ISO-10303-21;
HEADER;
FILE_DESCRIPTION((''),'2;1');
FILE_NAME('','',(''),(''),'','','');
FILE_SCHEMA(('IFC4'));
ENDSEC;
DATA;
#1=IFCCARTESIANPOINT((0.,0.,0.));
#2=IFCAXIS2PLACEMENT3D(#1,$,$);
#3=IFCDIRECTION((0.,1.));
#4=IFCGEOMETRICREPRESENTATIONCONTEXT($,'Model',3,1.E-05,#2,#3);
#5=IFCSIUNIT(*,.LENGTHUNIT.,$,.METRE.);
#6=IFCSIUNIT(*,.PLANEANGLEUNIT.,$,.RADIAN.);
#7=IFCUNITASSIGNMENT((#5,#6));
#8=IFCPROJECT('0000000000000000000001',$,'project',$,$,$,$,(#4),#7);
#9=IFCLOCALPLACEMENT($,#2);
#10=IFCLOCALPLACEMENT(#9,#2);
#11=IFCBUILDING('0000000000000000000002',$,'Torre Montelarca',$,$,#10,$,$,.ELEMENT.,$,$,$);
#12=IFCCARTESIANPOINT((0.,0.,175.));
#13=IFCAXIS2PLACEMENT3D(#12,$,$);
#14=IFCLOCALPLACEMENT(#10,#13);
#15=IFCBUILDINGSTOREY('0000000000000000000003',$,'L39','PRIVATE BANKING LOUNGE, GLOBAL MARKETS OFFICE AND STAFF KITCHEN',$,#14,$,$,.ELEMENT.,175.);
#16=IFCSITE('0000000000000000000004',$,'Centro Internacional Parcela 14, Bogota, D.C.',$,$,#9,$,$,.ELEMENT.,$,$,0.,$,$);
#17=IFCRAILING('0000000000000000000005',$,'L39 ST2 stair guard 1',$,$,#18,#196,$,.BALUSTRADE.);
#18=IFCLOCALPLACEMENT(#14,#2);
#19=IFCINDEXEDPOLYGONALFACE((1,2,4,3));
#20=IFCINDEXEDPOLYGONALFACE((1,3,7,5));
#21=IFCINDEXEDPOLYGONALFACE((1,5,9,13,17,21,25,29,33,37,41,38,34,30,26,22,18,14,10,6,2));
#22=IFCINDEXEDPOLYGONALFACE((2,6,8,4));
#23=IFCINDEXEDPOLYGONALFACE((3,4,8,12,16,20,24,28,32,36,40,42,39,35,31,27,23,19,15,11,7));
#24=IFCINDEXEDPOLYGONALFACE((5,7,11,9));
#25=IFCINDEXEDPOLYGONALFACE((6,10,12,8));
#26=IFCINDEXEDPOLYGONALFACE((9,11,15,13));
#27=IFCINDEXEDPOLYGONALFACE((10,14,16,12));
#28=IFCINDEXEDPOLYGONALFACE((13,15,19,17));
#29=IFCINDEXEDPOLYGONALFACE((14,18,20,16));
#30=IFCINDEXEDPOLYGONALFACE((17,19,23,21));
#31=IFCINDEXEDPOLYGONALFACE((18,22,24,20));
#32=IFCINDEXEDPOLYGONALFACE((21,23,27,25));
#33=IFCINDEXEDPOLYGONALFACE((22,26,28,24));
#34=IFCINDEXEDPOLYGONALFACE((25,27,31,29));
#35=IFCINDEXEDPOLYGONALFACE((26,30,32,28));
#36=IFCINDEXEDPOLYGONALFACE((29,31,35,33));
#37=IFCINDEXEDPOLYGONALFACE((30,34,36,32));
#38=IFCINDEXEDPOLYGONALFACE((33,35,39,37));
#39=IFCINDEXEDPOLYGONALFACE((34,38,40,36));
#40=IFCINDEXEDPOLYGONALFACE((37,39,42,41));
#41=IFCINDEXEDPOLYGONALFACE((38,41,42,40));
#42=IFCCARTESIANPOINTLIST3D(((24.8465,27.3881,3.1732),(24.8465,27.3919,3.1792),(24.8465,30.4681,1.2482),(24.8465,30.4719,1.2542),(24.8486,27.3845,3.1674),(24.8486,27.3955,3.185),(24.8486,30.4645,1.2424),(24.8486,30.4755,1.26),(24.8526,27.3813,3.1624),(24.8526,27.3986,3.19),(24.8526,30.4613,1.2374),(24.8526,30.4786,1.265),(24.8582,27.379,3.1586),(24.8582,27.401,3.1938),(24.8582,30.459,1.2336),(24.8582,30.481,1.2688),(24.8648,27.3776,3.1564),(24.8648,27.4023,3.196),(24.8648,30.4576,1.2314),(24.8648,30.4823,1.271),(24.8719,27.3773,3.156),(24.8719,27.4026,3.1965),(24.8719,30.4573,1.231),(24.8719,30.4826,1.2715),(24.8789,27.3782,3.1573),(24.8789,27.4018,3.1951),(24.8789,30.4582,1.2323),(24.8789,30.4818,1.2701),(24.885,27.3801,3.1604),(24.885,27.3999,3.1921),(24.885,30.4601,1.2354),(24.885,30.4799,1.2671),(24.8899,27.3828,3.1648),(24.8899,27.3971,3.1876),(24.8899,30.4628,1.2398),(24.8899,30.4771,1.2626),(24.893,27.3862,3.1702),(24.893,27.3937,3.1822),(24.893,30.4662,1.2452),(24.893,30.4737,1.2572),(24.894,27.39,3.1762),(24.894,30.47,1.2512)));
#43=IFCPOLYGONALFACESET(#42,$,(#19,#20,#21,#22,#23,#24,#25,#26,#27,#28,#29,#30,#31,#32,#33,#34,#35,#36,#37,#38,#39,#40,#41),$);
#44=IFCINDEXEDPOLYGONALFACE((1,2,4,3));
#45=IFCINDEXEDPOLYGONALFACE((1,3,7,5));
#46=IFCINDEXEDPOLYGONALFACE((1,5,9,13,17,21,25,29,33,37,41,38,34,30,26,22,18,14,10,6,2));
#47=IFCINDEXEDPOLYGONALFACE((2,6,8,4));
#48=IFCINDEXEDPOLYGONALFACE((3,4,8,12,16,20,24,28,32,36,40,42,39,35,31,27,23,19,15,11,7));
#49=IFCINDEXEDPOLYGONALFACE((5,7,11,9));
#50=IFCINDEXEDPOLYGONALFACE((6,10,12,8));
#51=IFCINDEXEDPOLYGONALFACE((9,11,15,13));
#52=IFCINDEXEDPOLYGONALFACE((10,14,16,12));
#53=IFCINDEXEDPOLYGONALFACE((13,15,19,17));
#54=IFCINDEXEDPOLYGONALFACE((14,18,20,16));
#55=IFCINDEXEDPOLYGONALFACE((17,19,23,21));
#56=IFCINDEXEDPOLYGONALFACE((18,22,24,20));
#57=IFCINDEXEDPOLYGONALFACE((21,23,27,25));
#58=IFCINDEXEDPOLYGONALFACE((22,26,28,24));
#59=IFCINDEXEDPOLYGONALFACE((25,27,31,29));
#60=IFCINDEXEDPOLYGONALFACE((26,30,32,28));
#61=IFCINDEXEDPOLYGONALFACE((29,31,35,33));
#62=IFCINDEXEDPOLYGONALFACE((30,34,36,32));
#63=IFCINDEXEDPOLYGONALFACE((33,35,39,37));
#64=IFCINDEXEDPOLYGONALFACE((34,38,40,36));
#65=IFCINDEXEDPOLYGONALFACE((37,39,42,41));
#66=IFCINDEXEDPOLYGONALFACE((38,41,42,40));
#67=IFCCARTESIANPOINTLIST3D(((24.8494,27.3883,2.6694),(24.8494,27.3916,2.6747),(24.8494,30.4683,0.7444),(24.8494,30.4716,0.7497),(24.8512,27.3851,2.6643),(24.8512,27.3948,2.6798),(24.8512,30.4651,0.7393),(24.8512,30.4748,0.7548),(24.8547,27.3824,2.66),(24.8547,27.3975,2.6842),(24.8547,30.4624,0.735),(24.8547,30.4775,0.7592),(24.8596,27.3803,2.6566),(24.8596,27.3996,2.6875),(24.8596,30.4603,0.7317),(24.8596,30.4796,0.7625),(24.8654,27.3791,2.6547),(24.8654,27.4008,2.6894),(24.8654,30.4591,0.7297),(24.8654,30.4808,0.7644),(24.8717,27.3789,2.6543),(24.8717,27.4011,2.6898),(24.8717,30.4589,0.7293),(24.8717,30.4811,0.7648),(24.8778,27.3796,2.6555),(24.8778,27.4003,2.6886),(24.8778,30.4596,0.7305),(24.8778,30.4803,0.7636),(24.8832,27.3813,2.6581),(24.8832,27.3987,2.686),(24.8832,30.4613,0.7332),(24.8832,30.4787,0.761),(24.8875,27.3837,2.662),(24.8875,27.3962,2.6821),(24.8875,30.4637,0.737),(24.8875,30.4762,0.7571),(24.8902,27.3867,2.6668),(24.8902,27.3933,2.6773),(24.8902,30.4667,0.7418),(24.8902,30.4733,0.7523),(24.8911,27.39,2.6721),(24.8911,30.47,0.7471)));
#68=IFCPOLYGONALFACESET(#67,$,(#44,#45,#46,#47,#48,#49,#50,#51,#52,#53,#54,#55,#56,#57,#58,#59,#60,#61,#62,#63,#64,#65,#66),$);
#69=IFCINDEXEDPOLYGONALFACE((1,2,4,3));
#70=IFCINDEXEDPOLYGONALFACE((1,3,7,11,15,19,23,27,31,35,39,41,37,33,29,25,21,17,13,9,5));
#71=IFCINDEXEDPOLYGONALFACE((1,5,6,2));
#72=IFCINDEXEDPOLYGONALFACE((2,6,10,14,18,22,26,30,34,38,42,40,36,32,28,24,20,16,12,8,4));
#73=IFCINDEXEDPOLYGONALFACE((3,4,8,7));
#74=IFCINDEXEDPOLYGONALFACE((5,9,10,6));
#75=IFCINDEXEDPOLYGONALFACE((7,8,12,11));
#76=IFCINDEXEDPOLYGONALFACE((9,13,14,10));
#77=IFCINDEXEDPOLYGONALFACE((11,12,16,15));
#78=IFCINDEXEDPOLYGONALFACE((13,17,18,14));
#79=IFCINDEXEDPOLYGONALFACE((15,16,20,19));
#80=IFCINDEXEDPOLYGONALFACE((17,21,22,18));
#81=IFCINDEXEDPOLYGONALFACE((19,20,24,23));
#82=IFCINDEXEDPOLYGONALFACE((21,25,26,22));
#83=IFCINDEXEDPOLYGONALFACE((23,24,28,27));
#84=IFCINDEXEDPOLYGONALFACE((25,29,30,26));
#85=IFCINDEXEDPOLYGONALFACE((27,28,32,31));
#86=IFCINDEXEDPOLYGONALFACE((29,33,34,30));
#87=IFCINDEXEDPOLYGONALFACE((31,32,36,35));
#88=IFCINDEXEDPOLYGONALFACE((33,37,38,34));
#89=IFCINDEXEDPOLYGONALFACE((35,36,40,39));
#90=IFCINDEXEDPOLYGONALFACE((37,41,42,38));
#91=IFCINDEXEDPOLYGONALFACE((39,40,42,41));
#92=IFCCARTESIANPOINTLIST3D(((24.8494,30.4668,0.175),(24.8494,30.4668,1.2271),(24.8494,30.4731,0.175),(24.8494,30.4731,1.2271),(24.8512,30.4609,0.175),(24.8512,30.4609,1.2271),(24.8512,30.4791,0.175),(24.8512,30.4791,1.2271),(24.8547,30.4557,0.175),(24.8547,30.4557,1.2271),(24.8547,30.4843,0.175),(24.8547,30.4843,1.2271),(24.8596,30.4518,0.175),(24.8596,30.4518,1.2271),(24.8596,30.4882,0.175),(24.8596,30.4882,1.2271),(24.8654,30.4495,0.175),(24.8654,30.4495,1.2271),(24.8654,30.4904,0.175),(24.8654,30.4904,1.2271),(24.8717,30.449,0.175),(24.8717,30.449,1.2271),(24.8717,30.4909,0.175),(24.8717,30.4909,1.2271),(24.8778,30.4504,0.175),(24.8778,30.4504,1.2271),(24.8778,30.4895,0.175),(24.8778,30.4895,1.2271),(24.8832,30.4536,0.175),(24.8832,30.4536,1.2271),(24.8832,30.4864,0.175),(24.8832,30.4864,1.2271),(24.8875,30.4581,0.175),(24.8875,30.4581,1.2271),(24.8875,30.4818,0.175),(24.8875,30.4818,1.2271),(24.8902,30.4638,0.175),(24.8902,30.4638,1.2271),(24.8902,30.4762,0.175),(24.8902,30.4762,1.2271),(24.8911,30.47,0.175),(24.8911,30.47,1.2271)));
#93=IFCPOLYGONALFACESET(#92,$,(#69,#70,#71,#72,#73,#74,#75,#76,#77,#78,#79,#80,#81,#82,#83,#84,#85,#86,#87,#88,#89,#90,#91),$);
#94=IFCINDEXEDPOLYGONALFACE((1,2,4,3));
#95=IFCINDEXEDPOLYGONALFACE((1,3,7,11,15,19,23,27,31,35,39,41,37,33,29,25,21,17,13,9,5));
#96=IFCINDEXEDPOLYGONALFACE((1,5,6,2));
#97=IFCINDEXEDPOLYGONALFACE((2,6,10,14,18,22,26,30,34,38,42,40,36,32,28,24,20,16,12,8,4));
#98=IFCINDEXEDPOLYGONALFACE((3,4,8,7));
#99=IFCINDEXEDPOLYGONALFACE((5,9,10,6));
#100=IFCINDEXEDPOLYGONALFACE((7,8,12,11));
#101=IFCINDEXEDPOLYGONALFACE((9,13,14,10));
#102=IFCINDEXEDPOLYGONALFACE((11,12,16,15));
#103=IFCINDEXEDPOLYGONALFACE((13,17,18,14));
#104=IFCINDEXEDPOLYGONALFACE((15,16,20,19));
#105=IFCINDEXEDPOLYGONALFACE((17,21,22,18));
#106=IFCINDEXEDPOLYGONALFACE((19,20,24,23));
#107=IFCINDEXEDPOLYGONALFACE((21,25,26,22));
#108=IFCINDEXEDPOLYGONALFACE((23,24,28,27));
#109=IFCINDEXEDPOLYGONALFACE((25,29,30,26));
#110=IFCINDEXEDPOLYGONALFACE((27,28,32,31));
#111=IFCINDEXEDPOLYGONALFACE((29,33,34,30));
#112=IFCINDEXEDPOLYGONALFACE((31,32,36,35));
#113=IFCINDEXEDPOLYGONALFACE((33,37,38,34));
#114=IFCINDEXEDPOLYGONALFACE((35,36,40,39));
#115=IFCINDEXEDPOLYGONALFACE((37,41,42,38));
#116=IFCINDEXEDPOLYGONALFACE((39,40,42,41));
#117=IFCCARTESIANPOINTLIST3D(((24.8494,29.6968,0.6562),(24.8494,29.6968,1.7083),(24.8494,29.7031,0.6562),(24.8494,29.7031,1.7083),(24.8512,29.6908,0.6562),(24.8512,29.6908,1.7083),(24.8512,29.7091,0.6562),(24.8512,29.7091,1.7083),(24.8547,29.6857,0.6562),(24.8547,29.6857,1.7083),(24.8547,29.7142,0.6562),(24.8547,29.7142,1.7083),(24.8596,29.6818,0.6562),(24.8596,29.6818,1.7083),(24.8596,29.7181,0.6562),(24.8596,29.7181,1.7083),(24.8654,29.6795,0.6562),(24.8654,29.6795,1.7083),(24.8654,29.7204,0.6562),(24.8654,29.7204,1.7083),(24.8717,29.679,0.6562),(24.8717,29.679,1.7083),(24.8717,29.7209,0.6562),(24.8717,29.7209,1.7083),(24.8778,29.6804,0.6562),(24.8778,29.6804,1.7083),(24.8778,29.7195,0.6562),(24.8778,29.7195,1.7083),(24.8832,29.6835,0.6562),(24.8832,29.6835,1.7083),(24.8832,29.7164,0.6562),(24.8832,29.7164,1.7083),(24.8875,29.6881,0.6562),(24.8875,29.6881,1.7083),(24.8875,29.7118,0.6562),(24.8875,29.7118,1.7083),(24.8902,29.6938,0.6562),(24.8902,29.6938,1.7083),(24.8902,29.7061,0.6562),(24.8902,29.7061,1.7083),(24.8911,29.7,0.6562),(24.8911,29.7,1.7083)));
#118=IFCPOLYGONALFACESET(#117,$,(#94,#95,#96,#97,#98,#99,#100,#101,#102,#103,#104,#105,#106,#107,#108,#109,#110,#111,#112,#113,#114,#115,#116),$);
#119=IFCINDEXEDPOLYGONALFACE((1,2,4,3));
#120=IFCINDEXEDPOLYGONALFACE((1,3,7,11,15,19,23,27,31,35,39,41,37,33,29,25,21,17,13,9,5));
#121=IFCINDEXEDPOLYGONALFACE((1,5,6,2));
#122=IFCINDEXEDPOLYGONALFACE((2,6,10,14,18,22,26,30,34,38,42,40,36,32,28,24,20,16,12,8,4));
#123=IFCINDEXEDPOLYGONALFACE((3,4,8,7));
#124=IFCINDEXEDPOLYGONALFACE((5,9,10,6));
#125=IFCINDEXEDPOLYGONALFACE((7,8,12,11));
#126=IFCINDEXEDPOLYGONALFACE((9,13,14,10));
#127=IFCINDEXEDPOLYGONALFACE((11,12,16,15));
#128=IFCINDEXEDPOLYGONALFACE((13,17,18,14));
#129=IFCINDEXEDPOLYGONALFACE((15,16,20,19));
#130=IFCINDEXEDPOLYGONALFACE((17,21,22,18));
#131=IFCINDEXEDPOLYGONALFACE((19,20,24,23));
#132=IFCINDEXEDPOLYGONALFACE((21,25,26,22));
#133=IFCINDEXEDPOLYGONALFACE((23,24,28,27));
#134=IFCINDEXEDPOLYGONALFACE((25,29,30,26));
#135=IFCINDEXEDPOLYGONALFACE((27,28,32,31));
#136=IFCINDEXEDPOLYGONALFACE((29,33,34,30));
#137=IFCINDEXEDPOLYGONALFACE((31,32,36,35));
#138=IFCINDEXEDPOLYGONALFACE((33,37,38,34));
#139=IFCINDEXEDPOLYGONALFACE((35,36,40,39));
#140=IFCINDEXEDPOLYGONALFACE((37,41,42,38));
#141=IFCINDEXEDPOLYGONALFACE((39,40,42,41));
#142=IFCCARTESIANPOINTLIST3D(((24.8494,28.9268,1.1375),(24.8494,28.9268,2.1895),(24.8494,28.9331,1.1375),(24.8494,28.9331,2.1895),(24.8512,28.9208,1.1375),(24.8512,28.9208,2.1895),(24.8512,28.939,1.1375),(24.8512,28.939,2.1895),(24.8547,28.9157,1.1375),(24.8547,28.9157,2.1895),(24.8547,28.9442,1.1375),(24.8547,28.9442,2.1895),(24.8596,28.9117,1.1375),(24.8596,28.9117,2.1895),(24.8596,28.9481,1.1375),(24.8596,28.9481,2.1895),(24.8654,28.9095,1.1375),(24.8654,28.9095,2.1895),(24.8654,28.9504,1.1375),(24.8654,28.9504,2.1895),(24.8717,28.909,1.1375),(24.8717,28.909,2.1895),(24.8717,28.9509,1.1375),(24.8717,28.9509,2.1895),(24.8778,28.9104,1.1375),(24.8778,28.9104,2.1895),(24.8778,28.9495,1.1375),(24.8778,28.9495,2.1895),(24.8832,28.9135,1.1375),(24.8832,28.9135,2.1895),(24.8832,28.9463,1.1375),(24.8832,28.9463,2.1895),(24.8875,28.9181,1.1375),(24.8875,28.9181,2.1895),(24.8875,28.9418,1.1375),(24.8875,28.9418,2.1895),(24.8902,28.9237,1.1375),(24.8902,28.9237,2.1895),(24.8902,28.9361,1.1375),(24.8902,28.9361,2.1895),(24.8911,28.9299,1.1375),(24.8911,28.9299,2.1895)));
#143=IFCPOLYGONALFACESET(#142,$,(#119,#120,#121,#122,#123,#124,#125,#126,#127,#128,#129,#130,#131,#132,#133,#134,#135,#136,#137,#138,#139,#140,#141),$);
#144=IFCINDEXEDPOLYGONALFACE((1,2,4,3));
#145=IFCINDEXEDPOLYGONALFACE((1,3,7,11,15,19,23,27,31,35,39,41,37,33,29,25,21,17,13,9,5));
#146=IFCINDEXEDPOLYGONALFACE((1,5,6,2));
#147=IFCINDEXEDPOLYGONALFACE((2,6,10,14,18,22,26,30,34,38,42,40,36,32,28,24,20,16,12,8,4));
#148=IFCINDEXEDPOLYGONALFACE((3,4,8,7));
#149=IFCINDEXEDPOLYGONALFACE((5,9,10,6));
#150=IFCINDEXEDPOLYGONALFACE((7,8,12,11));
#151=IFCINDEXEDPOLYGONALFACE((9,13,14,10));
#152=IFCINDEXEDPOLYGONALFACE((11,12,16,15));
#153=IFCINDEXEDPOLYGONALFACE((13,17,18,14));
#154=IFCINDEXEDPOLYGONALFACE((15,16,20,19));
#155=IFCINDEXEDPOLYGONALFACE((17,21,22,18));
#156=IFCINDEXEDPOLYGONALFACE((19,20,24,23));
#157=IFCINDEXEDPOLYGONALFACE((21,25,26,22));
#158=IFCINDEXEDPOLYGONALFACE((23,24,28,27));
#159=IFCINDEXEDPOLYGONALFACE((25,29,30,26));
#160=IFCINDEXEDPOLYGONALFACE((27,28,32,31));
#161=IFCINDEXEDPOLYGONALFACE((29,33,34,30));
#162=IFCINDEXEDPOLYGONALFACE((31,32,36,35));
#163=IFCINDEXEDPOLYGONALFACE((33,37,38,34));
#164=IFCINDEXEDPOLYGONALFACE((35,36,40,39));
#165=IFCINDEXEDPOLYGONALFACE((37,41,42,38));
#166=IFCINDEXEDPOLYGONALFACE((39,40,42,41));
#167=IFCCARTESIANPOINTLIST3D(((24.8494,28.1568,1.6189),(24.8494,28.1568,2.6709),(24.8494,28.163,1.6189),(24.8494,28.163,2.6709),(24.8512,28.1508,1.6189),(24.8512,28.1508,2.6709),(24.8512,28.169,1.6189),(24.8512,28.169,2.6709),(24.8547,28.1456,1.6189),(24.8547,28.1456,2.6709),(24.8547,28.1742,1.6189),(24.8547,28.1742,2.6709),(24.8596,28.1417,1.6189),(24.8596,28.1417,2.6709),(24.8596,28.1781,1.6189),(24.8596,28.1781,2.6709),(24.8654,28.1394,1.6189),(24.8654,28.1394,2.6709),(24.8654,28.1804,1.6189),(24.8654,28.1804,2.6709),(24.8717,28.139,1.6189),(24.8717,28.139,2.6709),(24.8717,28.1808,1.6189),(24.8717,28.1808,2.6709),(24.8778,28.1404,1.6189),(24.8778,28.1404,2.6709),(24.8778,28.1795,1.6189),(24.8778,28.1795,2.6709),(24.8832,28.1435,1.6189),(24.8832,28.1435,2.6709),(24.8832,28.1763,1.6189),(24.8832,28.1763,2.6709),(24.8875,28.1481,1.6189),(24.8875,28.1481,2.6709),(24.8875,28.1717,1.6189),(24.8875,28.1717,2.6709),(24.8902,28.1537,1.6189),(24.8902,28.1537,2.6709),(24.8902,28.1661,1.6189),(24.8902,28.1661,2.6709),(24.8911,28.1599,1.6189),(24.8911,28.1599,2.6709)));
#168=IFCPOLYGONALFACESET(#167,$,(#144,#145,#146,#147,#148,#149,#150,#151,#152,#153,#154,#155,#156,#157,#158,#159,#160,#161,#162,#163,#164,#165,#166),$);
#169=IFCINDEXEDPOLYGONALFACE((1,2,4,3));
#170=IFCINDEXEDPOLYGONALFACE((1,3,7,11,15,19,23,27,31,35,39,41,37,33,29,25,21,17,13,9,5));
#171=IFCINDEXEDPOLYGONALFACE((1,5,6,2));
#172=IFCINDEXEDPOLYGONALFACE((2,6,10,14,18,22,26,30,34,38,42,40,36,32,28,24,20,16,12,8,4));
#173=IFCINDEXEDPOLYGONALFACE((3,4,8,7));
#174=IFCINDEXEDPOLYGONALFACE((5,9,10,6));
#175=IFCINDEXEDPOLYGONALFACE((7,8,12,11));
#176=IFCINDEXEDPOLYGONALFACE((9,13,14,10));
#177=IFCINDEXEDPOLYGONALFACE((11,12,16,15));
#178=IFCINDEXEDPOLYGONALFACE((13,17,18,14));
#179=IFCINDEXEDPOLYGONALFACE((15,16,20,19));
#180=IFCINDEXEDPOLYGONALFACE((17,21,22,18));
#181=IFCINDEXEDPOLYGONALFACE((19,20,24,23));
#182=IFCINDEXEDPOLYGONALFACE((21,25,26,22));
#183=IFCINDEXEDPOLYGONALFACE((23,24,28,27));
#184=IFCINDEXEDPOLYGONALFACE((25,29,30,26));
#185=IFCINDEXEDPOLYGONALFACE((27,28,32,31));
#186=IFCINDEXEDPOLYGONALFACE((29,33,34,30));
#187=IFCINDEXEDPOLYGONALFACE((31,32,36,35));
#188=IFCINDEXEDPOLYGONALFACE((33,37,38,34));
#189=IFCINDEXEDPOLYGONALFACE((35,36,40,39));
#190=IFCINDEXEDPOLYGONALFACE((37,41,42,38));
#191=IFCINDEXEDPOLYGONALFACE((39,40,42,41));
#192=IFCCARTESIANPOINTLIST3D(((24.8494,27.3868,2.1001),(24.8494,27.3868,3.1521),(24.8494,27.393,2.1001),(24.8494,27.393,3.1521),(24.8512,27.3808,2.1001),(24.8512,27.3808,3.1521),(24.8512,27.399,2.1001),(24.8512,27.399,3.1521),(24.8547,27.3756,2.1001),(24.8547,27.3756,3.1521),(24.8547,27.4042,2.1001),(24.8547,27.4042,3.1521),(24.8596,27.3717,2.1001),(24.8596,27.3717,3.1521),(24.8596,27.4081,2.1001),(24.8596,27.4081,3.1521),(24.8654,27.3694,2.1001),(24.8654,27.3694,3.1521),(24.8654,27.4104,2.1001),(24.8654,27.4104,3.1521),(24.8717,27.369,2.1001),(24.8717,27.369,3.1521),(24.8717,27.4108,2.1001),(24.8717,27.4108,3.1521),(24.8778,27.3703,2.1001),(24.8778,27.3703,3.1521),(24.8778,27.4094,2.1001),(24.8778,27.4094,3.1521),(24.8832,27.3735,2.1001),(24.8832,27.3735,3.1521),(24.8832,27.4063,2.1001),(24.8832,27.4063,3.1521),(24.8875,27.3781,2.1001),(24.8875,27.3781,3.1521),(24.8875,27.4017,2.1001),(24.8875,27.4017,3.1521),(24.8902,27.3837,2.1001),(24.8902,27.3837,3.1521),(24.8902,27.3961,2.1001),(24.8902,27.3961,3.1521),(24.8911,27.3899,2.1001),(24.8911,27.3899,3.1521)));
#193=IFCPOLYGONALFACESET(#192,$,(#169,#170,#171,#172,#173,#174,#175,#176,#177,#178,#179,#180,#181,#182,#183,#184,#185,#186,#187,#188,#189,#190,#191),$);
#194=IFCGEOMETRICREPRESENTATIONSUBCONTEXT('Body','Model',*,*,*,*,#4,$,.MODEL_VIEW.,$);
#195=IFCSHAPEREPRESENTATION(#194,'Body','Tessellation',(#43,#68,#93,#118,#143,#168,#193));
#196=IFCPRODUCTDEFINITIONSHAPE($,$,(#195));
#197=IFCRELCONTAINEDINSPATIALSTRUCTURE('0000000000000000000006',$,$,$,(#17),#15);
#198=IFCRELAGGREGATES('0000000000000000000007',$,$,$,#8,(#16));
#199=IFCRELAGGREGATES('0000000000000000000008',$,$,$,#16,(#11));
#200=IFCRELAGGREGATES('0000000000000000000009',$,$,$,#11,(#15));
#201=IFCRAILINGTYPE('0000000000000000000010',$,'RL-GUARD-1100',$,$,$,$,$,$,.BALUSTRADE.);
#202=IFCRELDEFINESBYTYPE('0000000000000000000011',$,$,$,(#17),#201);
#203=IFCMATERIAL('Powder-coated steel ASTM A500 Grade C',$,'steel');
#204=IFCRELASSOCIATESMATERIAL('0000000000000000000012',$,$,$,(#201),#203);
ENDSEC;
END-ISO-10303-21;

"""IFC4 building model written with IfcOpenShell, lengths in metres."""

from ifc_helpers import new_model, si_unit, direction, frame, origin, origin_2d, place, context, subcontext, project, spatial, circle, extrude, material, type_object, element, save


model = new_model("IFC4")

# Units and contexts
model_context = context("Model", 3, precision=1e-05, world=origin(), true_north=direction((0.0, 1.0)))
body_context = subcontext(model_context, "Body", "Model", "MODEL_VIEW")
ifc_project = project(units=[si_unit("LENGTHUNIT", "METRE"), si_unit("PLANEANGLEUNIT", "RADIAN")], contexts=[model_context])

# Site, building, storey
site_placement = place(None, origin())
site = spatial("IfcSite", under=ifc_project, at=site_placement, Name="Centro Internacional Parcela 14, Bogota, D.C.", CompositionType="ELEMENT", RefElevation=0.0)
building_placement = place(site_placement, origin())
building = spatial("IfcBuilding", under=site, at=building_placement, Name="Torre Montelarca", CompositionType="ELEMENT")
storey_placement = place(building_placement, frame((0.0, 0.0, 175.0)))
storey = spatial("IfcBuildingStorey", under=building, at=storey_placement, Name="L39", Description="PRIVATE BANKING LOUNGE, GLOBAL MARKETS OFFICE AND STAFF KITCHEN", CompositionType="ELEMENT", Elevation=175.0)

# Railing
ifc_material_1 = material(Name="Powder-coated steel ASTM A500 Grade C", Category="steel")
railing_type_1 = type_object("IfcRailingType", Name="RL-GUARD-1100", PredefinedType="BALUSTRADE", material=ifc_material_1)
railing_1_placement = place(storey_placement, frame((24.8701, 30.47, 0.175)))
element("IfcRailing", 1, at=railing_1_placement, inside=storey, type_object=railing_type_1, Name="L39 ST2 stair guard 1", PredefinedType="BALUSTRADE", context=body_context, shape_type="SweptSolid", body=[
    extrude(circle(Radius=0.0239, at=origin_2d()), frame((0.0, 0.0, 1.0762), z_axis=(0.0, -0.847998, 0.529999), x_axis=(1.0, 0.0, 0.0)), (0.0, 0.0, 1.0), 3.6321),
    extrude(circle(Radius=0.021, at=origin_2d()), frame((0.0, 0.0, 0.572), z_axis=(0.0, -0.847998, 0.529999), x_axis=(1.0, 0.0, 0.0)), (0.0, 0.0, 1.0), 3.6321),
    extrude(circle(Radius=0.021, at=origin_2d()), origin(), (0.0, 0.0, 1.0), 1.052),
    extrude(circle(Radius=0.021, at=origin_2d()), frame((0.0, -0.77, 0.4812)), (0.0, 0.0, 1.0), 1.052),
    extrude(circle(Radius=0.021, at=origin_2d()), frame((0.0, -1.54, 0.9624)), (0.0, 0.0, 1.0), 1.052),
    extrude(circle(Radius=0.021, at=origin_2d()), frame((0.0, -2.3101, 1.4438)), (0.0, 0.0, 1.0), 1.052),
    extrude(circle(Radius=0.021, at=origin_2d()), frame((0.0, -3.0801, 1.925)), (0.0, 0.0, 1.0), 1.052),
])

save(model, "model.ifc")
